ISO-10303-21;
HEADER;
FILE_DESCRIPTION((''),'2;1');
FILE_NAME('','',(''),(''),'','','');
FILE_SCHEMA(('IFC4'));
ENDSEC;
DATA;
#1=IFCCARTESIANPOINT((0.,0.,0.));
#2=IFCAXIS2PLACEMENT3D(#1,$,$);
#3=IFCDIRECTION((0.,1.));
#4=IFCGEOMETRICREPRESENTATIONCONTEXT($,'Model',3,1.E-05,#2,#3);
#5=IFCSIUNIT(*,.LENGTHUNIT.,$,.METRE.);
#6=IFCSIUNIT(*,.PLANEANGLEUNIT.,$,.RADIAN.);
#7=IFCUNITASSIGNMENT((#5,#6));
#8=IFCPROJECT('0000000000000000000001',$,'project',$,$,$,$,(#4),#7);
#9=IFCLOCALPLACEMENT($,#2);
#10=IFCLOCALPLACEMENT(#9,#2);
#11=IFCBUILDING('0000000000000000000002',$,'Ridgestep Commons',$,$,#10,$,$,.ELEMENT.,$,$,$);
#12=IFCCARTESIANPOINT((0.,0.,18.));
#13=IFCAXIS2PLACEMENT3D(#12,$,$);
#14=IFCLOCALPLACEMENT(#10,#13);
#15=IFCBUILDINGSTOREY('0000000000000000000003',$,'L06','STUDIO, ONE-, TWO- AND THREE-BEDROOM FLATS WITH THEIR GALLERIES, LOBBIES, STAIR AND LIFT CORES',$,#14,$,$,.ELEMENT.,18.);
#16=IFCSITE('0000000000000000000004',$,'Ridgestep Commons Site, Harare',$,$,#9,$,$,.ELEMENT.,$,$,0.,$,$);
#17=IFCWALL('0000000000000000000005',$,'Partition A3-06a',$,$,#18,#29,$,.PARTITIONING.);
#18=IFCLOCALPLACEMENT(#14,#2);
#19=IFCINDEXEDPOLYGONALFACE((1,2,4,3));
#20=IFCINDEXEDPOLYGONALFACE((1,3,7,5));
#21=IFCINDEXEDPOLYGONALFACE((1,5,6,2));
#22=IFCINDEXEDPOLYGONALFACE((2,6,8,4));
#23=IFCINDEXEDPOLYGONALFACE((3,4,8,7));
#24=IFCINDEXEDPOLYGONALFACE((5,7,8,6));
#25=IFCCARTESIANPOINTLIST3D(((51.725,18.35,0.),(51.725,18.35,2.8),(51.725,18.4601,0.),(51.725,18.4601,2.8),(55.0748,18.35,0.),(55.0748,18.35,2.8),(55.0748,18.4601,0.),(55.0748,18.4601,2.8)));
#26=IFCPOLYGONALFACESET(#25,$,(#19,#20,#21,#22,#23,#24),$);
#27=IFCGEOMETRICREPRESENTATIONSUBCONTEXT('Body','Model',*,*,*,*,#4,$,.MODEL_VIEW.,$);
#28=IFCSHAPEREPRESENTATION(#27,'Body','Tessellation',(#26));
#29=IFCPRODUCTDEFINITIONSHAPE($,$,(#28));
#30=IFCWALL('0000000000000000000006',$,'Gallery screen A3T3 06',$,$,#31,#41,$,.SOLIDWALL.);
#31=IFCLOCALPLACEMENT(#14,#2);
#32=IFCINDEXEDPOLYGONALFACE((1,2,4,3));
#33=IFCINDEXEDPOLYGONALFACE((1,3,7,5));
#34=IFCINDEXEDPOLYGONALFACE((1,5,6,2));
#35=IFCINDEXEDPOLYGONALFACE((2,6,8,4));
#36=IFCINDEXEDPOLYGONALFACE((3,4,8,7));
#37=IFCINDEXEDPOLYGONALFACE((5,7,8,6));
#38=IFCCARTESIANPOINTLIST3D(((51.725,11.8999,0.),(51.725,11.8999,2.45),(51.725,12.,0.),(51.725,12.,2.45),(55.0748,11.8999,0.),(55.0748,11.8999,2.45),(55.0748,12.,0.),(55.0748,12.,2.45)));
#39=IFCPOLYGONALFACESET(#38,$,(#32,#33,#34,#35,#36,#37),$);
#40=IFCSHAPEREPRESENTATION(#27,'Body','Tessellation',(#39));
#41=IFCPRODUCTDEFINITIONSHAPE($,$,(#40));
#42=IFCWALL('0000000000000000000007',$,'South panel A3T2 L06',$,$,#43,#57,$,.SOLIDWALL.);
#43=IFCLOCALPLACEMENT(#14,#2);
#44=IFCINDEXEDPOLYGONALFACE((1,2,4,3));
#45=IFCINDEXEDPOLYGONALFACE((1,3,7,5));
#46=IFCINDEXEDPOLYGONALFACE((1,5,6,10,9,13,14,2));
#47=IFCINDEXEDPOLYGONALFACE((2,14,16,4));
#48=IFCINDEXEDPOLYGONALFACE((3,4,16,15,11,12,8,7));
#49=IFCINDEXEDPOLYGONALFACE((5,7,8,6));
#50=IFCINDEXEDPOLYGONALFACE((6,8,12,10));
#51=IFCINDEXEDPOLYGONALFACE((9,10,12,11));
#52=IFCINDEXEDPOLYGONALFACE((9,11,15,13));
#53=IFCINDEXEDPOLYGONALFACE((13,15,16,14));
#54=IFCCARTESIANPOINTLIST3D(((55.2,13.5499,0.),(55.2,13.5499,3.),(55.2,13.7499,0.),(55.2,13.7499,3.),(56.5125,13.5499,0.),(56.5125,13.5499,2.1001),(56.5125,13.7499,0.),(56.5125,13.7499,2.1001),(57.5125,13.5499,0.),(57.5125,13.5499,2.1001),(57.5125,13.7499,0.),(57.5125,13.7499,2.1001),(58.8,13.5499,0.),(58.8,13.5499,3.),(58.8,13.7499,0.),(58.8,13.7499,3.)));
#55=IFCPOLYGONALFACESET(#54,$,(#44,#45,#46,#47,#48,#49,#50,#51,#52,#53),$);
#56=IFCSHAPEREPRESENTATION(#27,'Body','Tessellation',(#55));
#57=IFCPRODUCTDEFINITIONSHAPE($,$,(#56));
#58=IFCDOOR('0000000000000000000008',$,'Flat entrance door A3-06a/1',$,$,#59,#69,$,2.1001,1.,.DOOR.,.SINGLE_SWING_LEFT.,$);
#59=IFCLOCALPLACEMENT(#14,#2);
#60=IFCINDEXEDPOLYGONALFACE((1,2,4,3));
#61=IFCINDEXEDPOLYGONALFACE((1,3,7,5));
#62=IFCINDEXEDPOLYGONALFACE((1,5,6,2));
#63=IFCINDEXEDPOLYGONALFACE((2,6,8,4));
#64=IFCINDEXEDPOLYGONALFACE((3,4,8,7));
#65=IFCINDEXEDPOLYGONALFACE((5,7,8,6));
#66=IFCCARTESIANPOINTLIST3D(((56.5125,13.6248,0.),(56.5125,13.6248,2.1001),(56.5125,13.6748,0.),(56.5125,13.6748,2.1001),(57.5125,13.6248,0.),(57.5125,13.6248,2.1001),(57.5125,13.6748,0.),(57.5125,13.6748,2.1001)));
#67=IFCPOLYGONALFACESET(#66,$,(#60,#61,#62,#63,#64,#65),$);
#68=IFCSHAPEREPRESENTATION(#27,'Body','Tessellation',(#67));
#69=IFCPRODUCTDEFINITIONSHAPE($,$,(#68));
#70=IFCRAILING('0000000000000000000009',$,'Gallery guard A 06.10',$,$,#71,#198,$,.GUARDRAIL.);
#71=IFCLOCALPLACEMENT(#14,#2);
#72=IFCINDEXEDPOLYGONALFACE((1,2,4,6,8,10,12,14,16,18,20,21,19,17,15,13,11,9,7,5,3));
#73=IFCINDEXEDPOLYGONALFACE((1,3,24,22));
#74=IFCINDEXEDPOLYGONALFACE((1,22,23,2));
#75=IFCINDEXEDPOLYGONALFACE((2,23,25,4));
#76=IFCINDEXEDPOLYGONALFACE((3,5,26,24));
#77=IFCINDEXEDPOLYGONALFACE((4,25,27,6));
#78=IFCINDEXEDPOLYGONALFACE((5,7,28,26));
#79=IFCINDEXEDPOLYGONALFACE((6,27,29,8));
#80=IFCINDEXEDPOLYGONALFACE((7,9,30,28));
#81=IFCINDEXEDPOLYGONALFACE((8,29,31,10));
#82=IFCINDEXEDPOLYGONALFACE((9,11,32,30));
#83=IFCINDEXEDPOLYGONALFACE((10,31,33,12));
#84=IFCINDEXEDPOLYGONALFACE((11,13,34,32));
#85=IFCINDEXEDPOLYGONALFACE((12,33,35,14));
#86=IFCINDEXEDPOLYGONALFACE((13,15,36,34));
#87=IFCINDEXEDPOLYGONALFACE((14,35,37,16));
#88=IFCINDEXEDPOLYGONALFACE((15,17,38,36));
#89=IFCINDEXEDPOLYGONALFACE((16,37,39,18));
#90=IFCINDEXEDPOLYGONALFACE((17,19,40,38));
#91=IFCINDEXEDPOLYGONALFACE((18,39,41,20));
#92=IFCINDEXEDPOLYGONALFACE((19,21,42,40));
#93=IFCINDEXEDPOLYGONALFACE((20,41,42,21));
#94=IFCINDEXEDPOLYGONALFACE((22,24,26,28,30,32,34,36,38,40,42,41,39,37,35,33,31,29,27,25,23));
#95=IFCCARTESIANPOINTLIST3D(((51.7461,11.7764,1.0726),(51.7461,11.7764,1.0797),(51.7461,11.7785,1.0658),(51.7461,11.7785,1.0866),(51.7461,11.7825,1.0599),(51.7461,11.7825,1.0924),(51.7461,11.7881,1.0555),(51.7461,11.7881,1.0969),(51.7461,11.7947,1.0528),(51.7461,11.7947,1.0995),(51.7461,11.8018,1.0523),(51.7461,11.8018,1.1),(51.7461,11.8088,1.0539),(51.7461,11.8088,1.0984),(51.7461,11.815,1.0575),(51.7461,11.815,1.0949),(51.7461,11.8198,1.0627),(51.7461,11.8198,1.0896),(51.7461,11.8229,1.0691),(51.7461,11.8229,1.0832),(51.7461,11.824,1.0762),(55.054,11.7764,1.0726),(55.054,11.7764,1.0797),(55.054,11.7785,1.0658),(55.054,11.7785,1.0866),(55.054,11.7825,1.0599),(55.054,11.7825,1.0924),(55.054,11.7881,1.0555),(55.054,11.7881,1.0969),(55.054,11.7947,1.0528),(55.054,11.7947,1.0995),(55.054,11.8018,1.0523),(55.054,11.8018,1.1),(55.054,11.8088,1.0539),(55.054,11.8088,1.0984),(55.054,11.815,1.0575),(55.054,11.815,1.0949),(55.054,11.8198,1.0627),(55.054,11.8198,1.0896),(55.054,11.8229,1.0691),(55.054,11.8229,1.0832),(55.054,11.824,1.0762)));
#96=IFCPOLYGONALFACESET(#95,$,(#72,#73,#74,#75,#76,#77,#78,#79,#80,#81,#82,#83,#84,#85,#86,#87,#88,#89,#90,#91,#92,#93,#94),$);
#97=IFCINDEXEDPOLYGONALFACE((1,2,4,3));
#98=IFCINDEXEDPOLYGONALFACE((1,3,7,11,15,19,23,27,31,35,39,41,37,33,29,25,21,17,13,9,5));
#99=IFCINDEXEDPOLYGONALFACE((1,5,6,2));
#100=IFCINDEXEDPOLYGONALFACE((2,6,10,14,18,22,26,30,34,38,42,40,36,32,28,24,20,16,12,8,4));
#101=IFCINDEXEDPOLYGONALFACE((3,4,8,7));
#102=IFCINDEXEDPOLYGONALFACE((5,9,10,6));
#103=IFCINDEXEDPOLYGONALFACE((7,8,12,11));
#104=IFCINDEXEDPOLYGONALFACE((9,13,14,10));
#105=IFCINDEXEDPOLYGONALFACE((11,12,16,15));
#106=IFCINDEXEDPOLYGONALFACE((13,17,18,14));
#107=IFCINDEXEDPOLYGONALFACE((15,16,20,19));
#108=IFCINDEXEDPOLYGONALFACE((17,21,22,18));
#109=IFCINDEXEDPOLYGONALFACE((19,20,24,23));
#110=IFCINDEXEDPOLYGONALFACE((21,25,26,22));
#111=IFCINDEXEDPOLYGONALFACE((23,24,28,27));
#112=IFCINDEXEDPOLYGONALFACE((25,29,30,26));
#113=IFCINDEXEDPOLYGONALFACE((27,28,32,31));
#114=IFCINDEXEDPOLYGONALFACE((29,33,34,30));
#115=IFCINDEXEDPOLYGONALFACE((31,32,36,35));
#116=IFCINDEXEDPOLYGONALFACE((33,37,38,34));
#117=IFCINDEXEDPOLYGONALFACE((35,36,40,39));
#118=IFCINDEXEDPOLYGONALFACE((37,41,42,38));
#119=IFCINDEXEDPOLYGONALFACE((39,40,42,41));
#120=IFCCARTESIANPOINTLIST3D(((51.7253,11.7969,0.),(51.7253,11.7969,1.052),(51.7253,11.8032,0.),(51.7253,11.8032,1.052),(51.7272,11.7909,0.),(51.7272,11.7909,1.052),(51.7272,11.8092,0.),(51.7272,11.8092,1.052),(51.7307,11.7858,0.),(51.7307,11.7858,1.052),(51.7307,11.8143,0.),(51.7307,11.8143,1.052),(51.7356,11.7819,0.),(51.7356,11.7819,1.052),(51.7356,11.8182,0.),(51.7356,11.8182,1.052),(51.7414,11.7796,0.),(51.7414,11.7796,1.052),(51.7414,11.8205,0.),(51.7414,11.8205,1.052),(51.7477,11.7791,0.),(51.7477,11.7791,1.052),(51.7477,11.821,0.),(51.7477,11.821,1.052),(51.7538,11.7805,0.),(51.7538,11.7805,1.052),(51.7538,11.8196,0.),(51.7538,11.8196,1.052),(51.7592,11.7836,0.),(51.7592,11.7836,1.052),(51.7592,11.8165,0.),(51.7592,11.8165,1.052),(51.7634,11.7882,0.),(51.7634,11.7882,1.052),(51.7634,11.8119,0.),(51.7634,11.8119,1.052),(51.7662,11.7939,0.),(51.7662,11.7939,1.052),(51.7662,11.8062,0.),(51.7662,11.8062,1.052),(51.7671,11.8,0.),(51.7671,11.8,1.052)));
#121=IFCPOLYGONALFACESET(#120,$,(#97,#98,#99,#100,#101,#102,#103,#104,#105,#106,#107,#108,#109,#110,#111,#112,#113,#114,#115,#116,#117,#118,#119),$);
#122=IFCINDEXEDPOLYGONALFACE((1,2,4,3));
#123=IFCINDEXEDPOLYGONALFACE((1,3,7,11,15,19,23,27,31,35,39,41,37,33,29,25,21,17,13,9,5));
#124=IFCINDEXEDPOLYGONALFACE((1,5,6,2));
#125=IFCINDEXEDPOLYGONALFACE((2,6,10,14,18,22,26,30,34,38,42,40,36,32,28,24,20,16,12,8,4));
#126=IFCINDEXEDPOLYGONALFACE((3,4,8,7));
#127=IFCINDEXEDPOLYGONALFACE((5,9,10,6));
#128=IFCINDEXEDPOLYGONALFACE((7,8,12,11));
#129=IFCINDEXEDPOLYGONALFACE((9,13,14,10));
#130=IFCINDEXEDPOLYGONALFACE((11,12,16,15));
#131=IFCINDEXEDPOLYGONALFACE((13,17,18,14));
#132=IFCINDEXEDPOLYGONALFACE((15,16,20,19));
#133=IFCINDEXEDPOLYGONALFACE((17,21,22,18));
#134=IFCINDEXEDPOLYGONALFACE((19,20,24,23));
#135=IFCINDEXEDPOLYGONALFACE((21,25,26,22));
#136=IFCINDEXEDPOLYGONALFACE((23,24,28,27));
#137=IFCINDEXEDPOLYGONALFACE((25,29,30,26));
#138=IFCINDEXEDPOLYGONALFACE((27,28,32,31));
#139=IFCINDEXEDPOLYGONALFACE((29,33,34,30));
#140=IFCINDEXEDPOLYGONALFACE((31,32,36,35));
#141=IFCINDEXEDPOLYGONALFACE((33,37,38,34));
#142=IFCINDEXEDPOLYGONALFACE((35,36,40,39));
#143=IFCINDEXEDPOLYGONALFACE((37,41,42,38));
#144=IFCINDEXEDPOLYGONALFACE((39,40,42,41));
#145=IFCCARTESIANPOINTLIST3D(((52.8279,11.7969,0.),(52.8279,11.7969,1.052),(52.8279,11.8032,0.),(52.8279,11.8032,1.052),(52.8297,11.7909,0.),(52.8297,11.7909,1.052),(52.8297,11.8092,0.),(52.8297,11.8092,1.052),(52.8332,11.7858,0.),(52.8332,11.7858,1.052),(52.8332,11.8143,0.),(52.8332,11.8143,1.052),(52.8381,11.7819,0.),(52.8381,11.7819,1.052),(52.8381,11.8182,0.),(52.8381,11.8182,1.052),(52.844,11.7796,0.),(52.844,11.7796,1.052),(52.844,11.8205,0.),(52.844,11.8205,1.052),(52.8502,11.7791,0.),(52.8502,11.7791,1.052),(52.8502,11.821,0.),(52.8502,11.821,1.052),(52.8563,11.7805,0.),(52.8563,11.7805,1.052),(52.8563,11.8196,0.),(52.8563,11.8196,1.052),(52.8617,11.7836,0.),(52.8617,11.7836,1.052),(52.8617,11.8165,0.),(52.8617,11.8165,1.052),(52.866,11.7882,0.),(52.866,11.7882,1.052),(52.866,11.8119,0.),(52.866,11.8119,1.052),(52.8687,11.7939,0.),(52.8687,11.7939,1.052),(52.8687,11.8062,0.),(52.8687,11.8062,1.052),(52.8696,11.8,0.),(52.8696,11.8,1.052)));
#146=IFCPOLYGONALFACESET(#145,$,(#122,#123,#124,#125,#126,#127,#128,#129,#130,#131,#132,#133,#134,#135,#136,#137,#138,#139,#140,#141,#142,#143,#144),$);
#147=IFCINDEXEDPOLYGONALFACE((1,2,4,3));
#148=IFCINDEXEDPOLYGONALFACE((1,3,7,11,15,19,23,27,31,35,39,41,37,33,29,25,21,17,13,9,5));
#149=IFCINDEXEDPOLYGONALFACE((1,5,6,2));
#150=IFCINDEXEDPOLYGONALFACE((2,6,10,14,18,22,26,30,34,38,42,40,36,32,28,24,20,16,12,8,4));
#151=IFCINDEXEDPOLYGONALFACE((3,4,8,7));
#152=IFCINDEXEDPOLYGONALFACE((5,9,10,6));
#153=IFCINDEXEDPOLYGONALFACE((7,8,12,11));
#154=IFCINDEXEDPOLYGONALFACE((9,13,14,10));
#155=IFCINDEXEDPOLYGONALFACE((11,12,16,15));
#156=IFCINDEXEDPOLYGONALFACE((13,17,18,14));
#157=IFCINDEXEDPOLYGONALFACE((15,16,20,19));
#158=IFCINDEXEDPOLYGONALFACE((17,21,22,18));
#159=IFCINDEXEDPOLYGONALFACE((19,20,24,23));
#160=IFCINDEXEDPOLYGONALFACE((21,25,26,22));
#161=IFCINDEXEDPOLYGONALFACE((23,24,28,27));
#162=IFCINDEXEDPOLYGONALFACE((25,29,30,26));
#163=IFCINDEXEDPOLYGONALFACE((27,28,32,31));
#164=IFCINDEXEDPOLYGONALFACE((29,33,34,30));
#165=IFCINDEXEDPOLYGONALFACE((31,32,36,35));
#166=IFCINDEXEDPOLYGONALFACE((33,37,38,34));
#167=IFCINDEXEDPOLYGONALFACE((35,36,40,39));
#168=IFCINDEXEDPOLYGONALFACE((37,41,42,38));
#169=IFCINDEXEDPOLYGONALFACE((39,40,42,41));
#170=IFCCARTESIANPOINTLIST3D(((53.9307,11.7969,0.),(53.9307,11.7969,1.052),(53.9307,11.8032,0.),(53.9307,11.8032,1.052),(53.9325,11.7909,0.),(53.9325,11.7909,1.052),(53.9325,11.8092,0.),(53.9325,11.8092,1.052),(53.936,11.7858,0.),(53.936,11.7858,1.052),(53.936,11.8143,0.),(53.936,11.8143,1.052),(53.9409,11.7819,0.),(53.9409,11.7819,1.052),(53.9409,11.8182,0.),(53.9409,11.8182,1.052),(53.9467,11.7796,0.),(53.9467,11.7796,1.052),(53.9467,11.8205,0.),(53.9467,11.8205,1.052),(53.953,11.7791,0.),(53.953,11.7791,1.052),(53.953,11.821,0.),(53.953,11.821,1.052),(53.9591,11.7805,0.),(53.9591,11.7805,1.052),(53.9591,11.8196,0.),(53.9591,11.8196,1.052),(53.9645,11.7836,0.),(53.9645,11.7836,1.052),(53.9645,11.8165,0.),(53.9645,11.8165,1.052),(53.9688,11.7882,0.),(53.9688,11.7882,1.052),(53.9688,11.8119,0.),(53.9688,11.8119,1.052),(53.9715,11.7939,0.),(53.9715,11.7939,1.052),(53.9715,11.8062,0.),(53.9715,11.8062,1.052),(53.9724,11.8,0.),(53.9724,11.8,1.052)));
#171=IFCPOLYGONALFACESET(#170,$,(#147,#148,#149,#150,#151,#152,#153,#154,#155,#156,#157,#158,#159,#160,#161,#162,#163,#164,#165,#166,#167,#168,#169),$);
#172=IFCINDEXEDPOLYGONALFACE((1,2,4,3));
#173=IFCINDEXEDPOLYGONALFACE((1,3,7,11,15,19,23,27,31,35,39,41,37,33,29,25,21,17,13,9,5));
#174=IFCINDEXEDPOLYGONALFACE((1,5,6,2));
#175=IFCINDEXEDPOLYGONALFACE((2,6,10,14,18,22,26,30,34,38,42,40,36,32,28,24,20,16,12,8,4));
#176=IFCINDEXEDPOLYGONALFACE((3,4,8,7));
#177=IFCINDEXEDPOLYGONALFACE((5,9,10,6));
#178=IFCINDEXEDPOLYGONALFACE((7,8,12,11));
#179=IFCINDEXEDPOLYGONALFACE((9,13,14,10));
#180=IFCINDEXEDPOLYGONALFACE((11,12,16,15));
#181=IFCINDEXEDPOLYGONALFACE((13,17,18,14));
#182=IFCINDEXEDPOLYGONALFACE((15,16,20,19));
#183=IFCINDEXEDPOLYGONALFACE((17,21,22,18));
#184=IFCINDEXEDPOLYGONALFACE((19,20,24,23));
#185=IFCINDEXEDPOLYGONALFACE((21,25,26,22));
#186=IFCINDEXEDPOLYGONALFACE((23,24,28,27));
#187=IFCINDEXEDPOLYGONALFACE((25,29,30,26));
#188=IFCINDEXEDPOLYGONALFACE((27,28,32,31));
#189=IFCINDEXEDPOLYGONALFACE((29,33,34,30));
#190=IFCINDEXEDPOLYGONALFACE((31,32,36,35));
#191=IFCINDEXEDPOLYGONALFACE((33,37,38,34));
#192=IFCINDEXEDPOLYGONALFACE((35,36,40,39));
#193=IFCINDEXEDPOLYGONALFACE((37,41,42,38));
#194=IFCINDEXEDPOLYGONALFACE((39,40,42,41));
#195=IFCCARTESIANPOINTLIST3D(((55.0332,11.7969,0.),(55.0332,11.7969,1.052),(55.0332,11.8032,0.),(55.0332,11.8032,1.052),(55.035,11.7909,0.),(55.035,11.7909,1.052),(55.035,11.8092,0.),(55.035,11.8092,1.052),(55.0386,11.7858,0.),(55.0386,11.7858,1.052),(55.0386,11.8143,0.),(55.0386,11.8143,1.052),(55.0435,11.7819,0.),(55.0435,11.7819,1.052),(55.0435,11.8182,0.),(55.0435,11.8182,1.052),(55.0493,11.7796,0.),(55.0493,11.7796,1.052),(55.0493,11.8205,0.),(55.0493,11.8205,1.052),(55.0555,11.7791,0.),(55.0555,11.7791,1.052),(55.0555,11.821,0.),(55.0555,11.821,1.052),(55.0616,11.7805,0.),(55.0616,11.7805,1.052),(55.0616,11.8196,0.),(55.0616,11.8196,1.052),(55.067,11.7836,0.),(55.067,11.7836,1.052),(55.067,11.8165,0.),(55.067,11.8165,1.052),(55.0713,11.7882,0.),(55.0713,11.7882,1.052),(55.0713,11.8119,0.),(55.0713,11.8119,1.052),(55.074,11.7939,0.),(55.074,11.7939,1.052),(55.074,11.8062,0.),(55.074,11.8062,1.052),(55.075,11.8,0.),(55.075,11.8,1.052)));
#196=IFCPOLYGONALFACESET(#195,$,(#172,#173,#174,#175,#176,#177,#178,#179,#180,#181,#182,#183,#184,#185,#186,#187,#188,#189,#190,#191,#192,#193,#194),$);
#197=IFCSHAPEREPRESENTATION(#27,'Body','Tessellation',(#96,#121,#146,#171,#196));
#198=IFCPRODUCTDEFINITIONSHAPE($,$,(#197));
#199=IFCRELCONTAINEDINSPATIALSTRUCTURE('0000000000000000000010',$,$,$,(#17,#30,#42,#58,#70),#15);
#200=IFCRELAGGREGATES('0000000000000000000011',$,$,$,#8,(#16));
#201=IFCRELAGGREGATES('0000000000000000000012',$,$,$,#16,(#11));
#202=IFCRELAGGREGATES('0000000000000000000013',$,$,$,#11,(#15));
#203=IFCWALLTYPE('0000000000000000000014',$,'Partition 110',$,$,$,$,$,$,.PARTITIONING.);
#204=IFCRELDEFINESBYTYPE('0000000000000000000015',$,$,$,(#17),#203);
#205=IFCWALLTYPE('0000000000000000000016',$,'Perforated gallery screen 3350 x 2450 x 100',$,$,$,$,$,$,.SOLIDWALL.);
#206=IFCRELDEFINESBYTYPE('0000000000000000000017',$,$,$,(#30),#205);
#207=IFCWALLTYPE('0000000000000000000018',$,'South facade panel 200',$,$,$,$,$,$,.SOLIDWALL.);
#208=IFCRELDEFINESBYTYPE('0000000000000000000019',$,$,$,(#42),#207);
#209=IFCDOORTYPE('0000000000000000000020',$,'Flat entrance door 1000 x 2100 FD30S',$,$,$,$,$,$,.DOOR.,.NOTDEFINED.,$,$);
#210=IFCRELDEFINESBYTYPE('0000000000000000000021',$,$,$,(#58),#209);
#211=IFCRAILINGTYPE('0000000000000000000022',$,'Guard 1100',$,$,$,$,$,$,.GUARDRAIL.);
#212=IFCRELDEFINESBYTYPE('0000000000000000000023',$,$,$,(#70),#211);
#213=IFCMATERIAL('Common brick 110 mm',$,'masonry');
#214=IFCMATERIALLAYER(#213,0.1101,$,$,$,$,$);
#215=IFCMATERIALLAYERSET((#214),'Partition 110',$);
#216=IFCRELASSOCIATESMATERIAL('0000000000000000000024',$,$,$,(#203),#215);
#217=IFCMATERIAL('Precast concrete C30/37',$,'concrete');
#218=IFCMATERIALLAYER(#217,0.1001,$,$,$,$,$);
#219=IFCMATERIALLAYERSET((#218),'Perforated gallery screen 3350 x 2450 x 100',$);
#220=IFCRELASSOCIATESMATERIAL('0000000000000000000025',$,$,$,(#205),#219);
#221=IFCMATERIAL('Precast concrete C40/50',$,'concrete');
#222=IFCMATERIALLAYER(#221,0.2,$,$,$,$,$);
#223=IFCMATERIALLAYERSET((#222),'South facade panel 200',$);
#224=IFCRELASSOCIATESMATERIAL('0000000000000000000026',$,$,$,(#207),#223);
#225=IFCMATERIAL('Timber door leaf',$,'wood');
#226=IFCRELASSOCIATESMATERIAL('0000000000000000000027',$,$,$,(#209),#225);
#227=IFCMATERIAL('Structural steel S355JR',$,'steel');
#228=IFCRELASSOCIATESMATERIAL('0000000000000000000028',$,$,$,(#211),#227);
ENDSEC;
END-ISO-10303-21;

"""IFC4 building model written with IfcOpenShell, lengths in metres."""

from ifc_helpers import new_model, si_unit, direction, frame, frame_2d, origin, origin_2d, place, context, subcontext, project, spatial, rectangle, circle, extrude, material, layer, layer_set, type_object, element, fill, save


model = new_model("IFC4")

# Units and contexts
model_context = context("Model", 3, precision=1e-05, world=origin(), true_north=direction((0.0, 1.0)))
body_context = subcontext(model_context, "Body", "Model", "MODEL_VIEW")
ifc_project = project(units=[si_unit("LENGTHUNIT", "METRE"), si_unit("PLANEANGLEUNIT", "RADIAN")], contexts=[model_context])

# Site, building, storey
site_placement = place(None, origin())
site = spatial("IfcSite", under=ifc_project, at=site_placement, Name="Ridgestep Commons Site, Harare", CompositionType="ELEMENT", RefElevation=0.0)
building_placement = place(site_placement, origin())
building = spatial("IfcBuilding", under=site, at=building_placement, Name="Ridgestep Commons", CompositionType="ELEMENT")
storey_placement = place(building_placement, frame((0.0, 0.0, 18.0)))
storey = spatial("IfcBuildingStorey", under=building, at=storey_placement, Name="L06", Description="STUDIO, ONE-, TWO- AND THREE-BEDROOM FLATS WITH THEIR GALLERIES, LOBBIES, STAIR AND LIFT CORES", CompositionType="ELEMENT", Elevation=18.0)

# Shared definitions
ifc_material_1 = material(Name="Common brick 110 mm", Category="masonry")
ifc_layer_1 = layer(ifc_material_1, 0.1101)
ifc_layer_set_1 = layer_set([ifc_layer_1], Name="Partition 110")
wall_type_1 = type_object("IfcWallType", Name="Partition 110", PredefinedType="PARTITIONING", material=ifc_layer_set_1)

# Walls
wall_1_placement = place(storey_placement, frame((51.7251, 18.405, 0.0), z_axis=(0.0, 0.0, 1.0), x_axis=(1.0, 0.0, 0.0)))
element("IfcWall", 1, at=wall_1_placement, inside=storey, type_object=wall_type_1, Name="Partition A3-06a", PredefinedType="PARTITIONING", context=body_context, shape_type="SweptSolid", body=[
    extrude(rectangle(XDim=3.3499, YDim=0.1101, at=frame_2d((1.6748, 0.0))), origin(), (0.0, 0.0, 1.0), 2.8),
])
ifc_material_2 = material(Name="Precast concrete C30/37", Category="concrete")
ifc_layer_2 = layer(ifc_material_2, 0.1001)
ifc_layer_set_2 = layer_set([ifc_layer_2], Name="Perforated gallery screen 3350 x 2450 x 100")
wall_type_2 = type_object("IfcWallType", Name="Perforated gallery screen 3350 x 2450 x 100", PredefinedType="SOLIDWALL", material=ifc_layer_set_2)
wall_2_placement = place(storey_placement, frame((51.7251, 11.95, 0.0), z_axis=(0.0, 0.0, 1.0), x_axis=(1.0, 0.0, 0.0)))
element("IfcWall", 2, at=wall_2_placement, inside=storey, type_object=wall_type_2, Name="Gallery screen A3T3 06", PredefinedType="SOLIDWALL", context=body_context, shape_type="SweptSolid", body=[
    extrude(rectangle(XDim=3.3499, YDim=0.1001, at=frame_2d((1.6748, 0.0))), origin(), (0.0, 0.0, 1.0), 2.45),
])

# Wall, opening, door
ifc_material_3 = material(Name="Precast concrete C40/50", Category="concrete")
ifc_layer_3 = layer(ifc_material_3, 0.2)
ifc_layer_set_3 = layer_set([ifc_layer_3], Name="South facade panel 200")
wall_type_3 = type_object("IfcWallType", Name="South facade panel 200", PredefinedType="SOLIDWALL", material=ifc_layer_set_3)
wall_3_placement = place(storey_placement, frame((55.2, 13.6499, 0.0), z_axis=(0.0, 0.0, 1.0), x_axis=(1.0, 0.0, 0.0)))
wall_3 = element("IfcWall", 3, at=wall_3_placement, inside=storey, type_object=wall_type_3, Name="South panel A3T2 L06", PredefinedType="SOLIDWALL", context=body_context, shape_type="SweptSolid", body=[
    extrude(rectangle(XDim=3.6001, YDim=0.2, at=frame_2d((1.8, 0.0))), origin(), (0.0, 0.0, 1.0), 3.0),
])
opening_1_placement = place(wall_3_placement, frame((1.3125, 0.0, 0.0)))
opening_1 = element("IfcOpeningElement", 4, at=opening_1_placement, cuts=wall_3, PredefinedType="OPENING", context=body_context, shape_type="SweptSolid", body=[
    extrude(rectangle(XDim=1.0, YDim=2.1001, at=frame_2d((0.5, 1.05))), frame((0.0, 0.1099, 0.0), z_axis=(0.0, -1.0, 0.0), x_axis=(1.0, 0.0, 0.0)), (0.0, 0.0, 1.0), 0.22),
])
ifc_material_4 = material(Name="Timber door leaf", Category="wood")
door_type_1 = type_object("IfcDoorType", Name="Flat entrance door 1000 x 2100 FD30S", OperationType="NOTDEFINED", PredefinedType="DOOR", material=ifc_material_4)
door_1_placement = place(opening_1_placement, origin())
door_1 = element("IfcDoor", 5, at=door_1_placement, inside=storey, type_object=door_type_1, Name="Flat entrance door A3-06a/1", OperationType="SINGLE_SWING_LEFT", OverallHeight=2.1001, OverallWidth=1.0, PredefinedType="DOOR", context=body_context, shape_type="SweptSolid", body=[
    extrude(rectangle(XDim=1.0, YDim=2.1001, at=frame_2d((0.5, 1.05))), frame((0.0, 0.0249, 0.0), z_axis=(0.0, -1.0, 0.0), x_axis=(1.0, 0.0, 0.0)), (0.0, 0.0, 1.0), 0.05),
])
fill(opening_1, door_1)

# Railing
ifc_material_5 = material(Name="Structural steel S355JR", Category="steel")
railing_type = type_object("IfcRailingType", Name="Guard 1100", PredefinedType="GUARDRAIL", material=ifc_material_5)
railing_1_placement = place(storey_placement, frame((51.7461, 11.8, 0.0)))
element("IfcRailing", 6, at=railing_1_placement, inside=storey, type_object=railing_type, Name="Gallery guard A 06.10", PredefinedType="GUARDRAIL", context=body_context, shape_type="SweptSolid", body=[
    extrude(circle(Radius=0.0239, at=origin_2d()), frame((0.0, 0.0, 1.0762), z_axis=(1.0, 0.0, 0.0), x_axis=(0.0, 1.0, 0.0)), (0.0, 0.0, 1.0), 3.3079),
    extrude(circle(Radius=0.021, at=origin_2d()), origin(), (0.0, 0.0, 1.0), 1.052),
    extrude(circle(Radius=0.021, at=origin_2d()), frame((1.1025, 0.0, 0.0)), (0.0, 0.0, 1.0), 1.052),
    extrude(circle(Radius=0.021, at=origin_2d()), frame((2.2053, 0.0, 0.0)), (0.0, 0.0, 1.0), 1.052),
    extrude(circle(Radius=0.021, at=origin_2d()), frame((3.3079, 0.0, 0.0)), (0.0, 0.0, 1.0), 1.052),
])

save(model, "model.ifc")
